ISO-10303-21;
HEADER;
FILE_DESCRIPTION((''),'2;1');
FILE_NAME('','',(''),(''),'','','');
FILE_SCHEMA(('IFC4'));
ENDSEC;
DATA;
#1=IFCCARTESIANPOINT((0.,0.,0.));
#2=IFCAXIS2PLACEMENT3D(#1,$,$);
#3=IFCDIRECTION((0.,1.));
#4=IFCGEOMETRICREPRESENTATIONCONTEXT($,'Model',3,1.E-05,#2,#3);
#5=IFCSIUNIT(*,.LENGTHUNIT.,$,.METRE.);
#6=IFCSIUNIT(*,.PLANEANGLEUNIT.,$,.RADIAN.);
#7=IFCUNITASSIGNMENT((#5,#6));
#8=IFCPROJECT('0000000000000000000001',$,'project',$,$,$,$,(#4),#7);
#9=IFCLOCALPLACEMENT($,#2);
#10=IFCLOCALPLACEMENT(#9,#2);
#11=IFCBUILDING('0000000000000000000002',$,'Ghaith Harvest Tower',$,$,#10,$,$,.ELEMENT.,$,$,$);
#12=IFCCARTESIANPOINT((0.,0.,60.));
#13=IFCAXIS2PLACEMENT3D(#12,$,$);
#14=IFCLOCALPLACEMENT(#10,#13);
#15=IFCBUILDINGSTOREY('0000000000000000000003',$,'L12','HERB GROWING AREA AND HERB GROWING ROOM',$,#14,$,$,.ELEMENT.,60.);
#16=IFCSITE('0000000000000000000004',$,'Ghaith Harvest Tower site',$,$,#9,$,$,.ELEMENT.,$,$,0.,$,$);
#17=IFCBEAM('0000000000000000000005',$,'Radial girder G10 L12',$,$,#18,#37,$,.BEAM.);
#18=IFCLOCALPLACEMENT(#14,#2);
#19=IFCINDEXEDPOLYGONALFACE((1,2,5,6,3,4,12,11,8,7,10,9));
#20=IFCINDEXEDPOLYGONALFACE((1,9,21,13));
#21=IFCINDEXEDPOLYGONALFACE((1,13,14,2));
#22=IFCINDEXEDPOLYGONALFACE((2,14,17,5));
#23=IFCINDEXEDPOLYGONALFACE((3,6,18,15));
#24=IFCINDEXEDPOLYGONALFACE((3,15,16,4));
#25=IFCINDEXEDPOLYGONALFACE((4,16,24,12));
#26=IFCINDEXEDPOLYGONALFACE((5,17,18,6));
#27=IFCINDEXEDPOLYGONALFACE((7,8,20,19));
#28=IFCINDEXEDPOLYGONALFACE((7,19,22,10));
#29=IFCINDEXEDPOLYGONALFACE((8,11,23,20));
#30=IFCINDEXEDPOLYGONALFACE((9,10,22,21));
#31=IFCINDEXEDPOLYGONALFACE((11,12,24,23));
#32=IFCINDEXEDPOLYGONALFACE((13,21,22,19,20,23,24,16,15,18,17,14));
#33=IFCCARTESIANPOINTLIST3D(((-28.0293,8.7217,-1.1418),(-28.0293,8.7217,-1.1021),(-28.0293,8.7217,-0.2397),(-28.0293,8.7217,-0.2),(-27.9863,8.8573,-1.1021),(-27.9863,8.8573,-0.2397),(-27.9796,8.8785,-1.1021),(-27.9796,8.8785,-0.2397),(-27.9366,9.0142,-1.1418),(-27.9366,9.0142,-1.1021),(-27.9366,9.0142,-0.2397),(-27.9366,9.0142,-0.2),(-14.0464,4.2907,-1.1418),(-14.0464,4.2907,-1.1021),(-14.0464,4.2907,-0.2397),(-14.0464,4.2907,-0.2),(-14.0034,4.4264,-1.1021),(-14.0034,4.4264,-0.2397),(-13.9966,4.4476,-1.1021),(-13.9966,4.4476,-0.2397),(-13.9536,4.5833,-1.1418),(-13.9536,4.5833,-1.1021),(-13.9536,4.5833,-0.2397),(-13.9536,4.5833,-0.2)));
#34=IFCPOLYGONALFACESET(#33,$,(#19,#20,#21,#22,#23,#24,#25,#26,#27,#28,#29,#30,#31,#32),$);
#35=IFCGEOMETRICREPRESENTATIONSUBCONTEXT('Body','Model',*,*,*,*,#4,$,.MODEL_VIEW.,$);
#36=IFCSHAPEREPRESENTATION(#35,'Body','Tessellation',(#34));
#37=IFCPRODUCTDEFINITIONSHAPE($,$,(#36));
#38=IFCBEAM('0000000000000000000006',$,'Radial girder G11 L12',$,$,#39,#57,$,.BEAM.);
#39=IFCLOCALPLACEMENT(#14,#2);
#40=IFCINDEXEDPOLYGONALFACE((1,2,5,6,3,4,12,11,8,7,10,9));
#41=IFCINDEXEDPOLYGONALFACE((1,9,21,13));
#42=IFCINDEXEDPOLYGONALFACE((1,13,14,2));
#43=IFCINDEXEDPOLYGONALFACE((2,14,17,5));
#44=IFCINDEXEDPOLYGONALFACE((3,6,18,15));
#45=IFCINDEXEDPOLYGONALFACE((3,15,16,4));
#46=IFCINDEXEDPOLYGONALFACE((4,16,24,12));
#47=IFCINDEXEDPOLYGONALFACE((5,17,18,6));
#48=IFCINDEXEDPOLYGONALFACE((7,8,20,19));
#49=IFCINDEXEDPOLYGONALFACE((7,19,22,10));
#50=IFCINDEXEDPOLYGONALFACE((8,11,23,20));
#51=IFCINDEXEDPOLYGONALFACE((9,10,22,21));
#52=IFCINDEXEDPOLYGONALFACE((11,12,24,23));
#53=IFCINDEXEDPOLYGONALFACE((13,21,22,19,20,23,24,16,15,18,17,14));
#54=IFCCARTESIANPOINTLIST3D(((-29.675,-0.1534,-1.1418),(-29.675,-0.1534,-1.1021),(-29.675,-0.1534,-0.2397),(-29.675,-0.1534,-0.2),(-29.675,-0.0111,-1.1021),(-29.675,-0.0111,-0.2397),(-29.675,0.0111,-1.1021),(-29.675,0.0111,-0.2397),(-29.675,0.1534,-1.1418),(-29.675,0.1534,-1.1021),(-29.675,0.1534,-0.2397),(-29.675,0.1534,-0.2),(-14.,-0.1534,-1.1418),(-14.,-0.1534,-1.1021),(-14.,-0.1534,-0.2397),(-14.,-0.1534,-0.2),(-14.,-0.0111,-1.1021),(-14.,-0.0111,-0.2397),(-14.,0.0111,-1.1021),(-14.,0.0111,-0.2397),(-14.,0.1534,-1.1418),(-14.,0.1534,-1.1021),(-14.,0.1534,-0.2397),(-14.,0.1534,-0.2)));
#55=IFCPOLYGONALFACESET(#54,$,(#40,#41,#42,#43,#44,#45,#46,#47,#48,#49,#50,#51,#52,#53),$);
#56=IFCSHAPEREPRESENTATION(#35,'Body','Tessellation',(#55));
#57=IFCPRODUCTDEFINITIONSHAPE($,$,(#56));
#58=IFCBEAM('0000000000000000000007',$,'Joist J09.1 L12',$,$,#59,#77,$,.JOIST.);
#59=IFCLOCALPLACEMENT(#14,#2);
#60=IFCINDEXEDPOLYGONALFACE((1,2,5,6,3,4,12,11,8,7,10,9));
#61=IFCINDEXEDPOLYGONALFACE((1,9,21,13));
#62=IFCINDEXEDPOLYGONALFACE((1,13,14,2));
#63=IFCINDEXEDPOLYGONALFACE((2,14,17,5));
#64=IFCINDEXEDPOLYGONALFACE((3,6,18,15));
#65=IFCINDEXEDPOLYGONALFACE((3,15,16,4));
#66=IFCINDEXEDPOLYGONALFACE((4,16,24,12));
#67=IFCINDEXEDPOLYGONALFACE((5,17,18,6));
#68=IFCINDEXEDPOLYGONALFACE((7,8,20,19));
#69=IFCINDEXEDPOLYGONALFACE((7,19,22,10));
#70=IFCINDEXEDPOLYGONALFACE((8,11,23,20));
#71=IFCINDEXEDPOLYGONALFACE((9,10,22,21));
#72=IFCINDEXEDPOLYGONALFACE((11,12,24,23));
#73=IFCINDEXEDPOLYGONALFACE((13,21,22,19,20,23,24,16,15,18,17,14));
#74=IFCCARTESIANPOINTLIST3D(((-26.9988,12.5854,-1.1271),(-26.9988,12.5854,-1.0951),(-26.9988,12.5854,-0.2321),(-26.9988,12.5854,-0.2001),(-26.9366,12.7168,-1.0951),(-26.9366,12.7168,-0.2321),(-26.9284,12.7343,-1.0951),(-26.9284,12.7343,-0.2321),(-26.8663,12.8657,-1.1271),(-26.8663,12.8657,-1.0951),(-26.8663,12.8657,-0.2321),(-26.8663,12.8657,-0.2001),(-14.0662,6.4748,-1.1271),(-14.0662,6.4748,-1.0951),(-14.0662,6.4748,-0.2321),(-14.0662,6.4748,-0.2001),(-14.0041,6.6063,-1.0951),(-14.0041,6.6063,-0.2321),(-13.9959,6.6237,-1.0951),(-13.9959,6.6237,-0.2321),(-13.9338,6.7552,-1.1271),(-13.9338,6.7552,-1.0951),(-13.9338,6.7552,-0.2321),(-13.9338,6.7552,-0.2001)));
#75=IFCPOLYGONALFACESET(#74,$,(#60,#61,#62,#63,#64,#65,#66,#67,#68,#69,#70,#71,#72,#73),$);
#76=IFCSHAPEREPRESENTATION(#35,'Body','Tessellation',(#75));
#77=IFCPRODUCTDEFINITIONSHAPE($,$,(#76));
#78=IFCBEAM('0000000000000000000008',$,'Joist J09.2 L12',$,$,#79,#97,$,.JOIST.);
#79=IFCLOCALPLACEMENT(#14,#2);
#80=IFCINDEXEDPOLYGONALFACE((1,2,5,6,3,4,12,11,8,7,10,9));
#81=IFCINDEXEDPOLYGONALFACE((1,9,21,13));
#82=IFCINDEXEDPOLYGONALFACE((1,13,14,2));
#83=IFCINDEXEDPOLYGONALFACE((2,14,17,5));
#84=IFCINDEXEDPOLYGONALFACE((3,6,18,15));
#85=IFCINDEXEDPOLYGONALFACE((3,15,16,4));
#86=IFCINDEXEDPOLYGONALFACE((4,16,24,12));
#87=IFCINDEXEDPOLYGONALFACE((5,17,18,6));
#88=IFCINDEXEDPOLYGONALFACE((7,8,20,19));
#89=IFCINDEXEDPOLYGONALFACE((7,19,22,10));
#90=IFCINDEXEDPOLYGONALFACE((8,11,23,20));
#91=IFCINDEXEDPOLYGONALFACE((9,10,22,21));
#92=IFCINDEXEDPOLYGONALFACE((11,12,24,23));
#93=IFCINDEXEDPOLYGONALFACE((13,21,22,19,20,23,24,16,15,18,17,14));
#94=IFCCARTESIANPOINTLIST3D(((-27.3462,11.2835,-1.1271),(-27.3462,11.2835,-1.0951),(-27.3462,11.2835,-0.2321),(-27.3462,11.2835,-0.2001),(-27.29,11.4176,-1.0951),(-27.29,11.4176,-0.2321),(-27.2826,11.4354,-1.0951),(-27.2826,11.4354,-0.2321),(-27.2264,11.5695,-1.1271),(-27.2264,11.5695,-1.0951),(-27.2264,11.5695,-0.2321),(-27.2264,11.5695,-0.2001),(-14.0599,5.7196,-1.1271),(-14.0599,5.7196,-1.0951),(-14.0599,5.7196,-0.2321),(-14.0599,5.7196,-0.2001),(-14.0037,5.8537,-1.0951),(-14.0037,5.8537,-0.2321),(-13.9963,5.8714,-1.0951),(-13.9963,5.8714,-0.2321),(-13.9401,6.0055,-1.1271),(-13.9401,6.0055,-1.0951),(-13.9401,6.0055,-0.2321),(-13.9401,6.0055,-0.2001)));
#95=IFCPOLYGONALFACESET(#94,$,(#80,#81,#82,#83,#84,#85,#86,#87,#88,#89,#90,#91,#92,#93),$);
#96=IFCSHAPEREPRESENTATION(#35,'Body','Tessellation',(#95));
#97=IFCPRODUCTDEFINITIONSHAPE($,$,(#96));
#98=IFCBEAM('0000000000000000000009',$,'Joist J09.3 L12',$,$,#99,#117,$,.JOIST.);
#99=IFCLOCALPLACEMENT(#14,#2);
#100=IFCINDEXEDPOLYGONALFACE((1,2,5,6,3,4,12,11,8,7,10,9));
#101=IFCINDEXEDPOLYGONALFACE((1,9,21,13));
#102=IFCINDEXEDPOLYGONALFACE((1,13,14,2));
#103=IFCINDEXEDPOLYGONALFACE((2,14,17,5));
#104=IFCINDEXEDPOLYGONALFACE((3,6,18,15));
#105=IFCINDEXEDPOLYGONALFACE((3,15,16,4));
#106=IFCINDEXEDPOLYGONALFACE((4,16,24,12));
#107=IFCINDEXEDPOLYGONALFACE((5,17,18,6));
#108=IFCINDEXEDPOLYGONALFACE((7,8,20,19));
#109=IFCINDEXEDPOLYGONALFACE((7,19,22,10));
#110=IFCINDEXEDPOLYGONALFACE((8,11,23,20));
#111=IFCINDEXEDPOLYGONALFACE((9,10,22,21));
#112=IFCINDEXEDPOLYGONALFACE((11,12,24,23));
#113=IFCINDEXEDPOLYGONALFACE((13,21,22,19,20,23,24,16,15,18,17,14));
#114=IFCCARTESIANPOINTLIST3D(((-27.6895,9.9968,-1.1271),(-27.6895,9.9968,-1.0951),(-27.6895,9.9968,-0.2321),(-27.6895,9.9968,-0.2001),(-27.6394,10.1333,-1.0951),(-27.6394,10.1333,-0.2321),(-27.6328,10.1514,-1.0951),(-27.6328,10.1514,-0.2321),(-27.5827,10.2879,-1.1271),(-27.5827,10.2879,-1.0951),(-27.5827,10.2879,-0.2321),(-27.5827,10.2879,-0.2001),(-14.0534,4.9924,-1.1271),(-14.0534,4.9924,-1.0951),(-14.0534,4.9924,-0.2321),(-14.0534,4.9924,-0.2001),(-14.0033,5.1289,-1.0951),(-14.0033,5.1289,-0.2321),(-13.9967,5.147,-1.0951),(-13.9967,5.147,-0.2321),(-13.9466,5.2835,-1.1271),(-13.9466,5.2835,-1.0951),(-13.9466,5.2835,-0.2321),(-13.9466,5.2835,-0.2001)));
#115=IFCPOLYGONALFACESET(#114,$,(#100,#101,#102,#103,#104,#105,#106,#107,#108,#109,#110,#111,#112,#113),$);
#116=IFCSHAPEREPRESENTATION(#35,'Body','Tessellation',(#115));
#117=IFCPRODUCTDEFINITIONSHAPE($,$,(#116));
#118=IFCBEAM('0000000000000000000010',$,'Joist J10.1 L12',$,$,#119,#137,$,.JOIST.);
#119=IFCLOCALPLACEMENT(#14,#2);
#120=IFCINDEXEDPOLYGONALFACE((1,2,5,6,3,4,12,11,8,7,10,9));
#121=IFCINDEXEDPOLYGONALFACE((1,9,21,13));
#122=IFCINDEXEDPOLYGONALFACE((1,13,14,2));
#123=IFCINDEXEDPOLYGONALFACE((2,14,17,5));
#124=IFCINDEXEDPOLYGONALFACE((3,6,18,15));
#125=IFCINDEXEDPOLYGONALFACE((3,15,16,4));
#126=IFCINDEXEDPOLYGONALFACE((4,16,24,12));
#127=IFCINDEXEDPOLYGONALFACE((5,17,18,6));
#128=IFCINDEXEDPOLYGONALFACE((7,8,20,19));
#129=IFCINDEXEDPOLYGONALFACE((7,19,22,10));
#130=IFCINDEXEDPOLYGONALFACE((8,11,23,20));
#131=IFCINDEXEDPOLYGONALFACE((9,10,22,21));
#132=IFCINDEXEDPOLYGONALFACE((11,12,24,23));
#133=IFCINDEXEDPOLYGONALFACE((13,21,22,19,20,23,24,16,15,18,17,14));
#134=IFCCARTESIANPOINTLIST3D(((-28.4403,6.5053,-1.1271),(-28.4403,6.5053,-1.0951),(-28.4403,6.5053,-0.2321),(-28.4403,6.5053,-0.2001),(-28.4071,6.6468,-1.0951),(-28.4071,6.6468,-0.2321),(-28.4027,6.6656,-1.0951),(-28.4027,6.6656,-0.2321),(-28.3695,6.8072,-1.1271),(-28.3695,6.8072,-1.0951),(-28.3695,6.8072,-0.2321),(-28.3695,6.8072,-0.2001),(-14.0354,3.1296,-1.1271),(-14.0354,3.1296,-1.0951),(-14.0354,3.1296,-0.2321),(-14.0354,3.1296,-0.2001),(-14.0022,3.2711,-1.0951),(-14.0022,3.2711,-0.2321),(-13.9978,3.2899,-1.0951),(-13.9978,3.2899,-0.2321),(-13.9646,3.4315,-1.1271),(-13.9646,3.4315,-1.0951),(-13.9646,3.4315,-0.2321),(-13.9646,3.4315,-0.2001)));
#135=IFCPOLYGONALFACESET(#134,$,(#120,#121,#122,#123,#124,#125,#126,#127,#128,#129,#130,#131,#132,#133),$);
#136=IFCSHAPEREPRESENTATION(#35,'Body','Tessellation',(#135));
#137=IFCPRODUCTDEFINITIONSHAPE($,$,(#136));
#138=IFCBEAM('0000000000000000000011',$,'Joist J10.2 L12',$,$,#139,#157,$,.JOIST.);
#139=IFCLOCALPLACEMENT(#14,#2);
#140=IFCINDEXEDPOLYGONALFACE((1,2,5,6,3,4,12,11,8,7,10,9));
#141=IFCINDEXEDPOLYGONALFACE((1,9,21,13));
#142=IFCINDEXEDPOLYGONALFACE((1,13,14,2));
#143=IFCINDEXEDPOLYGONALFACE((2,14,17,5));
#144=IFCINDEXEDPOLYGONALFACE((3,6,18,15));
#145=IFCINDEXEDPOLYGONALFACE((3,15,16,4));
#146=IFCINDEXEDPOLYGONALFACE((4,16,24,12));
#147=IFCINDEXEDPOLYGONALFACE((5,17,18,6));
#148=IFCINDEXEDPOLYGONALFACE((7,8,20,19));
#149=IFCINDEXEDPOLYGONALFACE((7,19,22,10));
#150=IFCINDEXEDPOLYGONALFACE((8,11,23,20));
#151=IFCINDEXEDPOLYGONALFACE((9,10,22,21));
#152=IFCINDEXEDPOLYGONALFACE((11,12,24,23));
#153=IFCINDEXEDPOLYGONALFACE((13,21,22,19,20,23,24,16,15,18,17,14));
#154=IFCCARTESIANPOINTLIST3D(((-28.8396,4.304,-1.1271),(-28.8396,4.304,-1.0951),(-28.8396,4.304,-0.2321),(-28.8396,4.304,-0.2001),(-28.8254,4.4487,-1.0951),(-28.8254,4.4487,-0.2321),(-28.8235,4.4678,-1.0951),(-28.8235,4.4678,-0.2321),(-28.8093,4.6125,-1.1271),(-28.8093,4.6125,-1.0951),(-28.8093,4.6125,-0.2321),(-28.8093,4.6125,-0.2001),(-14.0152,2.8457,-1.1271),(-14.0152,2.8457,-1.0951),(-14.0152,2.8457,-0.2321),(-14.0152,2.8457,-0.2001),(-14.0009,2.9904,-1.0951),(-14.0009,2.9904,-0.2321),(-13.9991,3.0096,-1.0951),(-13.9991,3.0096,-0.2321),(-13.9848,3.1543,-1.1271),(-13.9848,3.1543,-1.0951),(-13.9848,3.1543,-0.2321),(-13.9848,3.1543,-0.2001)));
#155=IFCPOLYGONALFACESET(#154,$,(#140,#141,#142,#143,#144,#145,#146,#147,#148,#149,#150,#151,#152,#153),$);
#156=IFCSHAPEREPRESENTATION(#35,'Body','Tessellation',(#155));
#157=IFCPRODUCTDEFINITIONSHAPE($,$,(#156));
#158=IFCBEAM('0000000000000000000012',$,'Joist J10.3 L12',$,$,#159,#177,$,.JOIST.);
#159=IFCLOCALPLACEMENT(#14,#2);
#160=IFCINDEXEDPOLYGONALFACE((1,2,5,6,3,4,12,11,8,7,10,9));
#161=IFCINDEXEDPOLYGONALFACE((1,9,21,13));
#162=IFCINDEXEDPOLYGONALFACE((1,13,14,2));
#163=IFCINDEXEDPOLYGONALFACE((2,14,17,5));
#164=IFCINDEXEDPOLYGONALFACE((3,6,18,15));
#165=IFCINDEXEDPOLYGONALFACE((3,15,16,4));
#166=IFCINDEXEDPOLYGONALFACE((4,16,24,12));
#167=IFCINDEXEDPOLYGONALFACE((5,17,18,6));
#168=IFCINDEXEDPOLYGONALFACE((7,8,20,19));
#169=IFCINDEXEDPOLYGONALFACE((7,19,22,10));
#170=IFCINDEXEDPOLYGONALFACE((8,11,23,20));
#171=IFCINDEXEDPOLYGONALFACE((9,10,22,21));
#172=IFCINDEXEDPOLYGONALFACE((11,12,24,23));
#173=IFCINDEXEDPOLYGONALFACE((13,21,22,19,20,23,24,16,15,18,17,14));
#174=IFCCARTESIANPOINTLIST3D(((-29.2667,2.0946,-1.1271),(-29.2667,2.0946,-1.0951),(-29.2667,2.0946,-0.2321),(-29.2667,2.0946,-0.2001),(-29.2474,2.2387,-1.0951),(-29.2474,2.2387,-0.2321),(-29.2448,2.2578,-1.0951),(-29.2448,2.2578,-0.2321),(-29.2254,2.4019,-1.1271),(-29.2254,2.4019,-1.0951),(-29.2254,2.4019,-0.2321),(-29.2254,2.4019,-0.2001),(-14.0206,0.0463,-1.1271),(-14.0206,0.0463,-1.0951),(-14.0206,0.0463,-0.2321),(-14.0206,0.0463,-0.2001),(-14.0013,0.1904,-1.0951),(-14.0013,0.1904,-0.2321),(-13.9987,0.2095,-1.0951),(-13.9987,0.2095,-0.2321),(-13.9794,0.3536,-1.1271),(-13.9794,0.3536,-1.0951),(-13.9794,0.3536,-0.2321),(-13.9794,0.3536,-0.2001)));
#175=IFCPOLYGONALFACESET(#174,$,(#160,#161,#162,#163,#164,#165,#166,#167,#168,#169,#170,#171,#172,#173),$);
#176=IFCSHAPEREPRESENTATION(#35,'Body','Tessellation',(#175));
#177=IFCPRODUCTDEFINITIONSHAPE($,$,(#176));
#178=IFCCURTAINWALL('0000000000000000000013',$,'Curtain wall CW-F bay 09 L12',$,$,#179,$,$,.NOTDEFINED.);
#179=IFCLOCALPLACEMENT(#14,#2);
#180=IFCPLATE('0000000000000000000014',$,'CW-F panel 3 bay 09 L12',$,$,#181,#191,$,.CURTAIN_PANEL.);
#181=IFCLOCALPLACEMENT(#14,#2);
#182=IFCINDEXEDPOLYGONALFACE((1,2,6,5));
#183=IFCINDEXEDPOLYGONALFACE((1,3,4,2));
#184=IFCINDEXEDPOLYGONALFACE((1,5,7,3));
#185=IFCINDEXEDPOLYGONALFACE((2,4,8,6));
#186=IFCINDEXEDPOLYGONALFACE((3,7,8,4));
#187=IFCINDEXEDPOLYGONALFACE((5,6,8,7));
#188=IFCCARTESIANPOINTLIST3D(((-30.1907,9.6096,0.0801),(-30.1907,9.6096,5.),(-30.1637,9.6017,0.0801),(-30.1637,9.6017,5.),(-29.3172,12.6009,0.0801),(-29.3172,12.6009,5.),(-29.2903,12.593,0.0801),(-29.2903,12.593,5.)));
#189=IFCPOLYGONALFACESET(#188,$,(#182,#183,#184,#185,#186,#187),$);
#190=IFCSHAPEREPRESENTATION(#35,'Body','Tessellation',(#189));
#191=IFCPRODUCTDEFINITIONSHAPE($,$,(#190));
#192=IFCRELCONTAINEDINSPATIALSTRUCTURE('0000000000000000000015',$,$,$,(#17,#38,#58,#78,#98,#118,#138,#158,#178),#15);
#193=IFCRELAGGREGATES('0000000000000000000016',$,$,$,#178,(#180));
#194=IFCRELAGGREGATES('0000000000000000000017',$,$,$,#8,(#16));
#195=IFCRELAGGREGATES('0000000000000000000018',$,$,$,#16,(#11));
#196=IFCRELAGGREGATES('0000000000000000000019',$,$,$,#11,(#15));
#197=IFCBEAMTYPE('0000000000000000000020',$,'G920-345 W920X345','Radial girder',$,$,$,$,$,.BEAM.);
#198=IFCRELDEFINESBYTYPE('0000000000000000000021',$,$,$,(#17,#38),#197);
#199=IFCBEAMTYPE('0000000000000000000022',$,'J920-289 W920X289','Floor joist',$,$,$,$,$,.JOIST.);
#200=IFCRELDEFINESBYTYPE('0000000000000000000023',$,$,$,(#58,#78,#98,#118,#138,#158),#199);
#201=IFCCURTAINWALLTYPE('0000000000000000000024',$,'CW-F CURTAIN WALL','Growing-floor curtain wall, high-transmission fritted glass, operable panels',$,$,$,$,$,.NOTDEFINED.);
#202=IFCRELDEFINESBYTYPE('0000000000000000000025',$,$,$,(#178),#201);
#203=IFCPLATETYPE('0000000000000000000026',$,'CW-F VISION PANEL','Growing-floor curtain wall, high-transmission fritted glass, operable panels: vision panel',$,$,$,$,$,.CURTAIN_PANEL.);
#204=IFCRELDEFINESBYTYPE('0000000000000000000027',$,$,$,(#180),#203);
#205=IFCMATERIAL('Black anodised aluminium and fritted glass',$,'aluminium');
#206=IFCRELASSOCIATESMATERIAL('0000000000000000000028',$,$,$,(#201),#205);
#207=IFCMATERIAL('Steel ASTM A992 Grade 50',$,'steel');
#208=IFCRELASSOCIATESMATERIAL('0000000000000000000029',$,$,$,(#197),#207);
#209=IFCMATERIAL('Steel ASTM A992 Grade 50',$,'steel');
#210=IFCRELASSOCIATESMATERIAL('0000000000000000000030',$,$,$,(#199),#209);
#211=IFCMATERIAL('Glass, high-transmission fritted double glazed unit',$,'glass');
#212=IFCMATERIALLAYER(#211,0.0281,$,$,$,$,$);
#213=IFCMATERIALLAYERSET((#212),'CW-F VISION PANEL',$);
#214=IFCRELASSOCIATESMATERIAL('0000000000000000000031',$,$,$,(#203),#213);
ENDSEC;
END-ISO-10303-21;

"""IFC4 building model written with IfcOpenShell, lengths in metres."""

from ifc_helpers import new_model, si_unit, direction, frame, origin, origin_2d, place, context, subcontext, project, spatial, rectangle, i_section, extrude, material, layer, layer_set, material_profile, profile_set, type_object, element, aggregate, save


model = new_model("IFC4")

# Units and contexts
model_context = context("Model", 3, precision=1e-05, world=origin(), true_north=direction((0.0, 1.0)))
body_context = subcontext(model_context, "Body", "Model", "MODEL_VIEW")
ifc_project = project(units=[si_unit("LENGTHUNIT", "METRE"), si_unit("PLANEANGLEUNIT", "RADIAN")], contexts=[model_context])

# Site, building, storey
site_placement = place(None, origin())
site = spatial("IfcSite", under=ifc_project, at=site_placement, Name="Ghaith Harvest Tower site", CompositionType="ELEMENT", RefElevation=0.0)
building_placement = place(site_placement, origin())
building = spatial("IfcBuilding", under=site, at=building_placement, Name="Ghaith Harvest Tower", CompositionType="ELEMENT")
storey_placement = place(building_placement, frame((0.0, 0.0, 60.0)))
storey = spatial("IfcBuildingStorey", under=building, at=storey_placement, Name="L12", Description="HERB GROWING AREA AND HERB GROWING ROOM", CompositionType="ELEMENT", Elevation=60.0)

# Shared definitions
ifc_material_1 = material(Name="Black anodised aluminium and fritted glass", Category="aluminium")
curtain_wall_type = type_object("IfcCurtainWallType", Name="CW-F CURTAIN WALL", Description="Growing-floor curtain wall, high-transmission fritted glass, operable panels", PredefinedType="NOTDEFINED", material=ifc_material_1)

# Beams
ifc_material_2 = material(Name="Steel ASTM A992 Grade 50", Category="steel")
ifc_material_profile_1 = material_profile(ifc_material_2, i_section(OverallWidth=0.3069, OverallDepth=0.9419, WebThickness=0.0222, FlangeThickness=0.0398, at=origin_2d()), Name="W920X345")
ifc_profile_set_1 = profile_set([ifc_material_profile_1], Name="Steel ASTM A992 Grade 50")
beam_type_1 = type_object("IfcBeamType", Name="G920-345 W920X345", Description="Radial girder", PredefinedType="BEAM", material=ifc_profile_set_1)
beam_1_placement = place(storey_placement, frame((-14.0, 4.437, -0.6709), z_axis=(-0.953284, 0.302077, 0.0), x_axis=(-0.302077, -0.953284, 0.0)))
element("IfcBeam", 1, at=beam_1_placement, inside=storey, type_object=beam_type_1, Name="Radial girder G10 L12", PredefinedType="BEAM", context=body_context, shape_type="SweptSolid", body=[
    extrude(i_section(OverallWidth=0.3069, OverallDepth=0.9419, WebThickness=0.0222, FlangeThickness=0.0398, at=origin_2d()), origin(), (0.0, 0.0, 1.0), 14.6682),
])
beam_2_placement = place(storey_placement, frame((-14.0, 0.0, -0.6709), z_axis=(-1.0, 0.0, 0.0), x_axis=(0.0, -1.0, 0.0)))
element("IfcBeam", 2, at=beam_2_placement, inside=storey, type_object=beam_type_1, Name="Radial girder G11 L12", PredefinedType="BEAM", context=body_context, shape_type="SweptSolid", body=[
    extrude(i_section(OverallWidth=0.3069, OverallDepth=0.9419, WebThickness=0.0222, FlangeThickness=0.0398, at=origin_2d()), origin(), (0.0, 0.0, 1.0), 15.675),
])
ifc_material_3 = material(Name="Steel ASTM A992 Grade 50", Category="steel")
ifc_material_profile_2 = material_profile(ifc_material_3, i_section(OverallWidth=0.3101, OverallDepth=0.927, WebThickness=0.0193, FlangeThickness=0.032, at=origin_2d()), Name="W920X289")
ifc_profile_set_2 = profile_set([ifc_material_profile_2], Name="Steel ASTM A992 Grade 50")
beam_type_2 = type_object("IfcBeamType", Name="J920-289 W920X289", Description="Floor joist", PredefinedType="JOIST", material=ifc_profile_set_2)
beam_3_placement = place(storey_placement, frame((-14.0, 6.615, -0.6636), z_axis=(-0.904153, 0.427208, 0.0), x_axis=(-0.427208, -0.904153, 0.0)))
element("IfcBeam", 3, at=beam_3_placement, inside=storey, type_object=beam_type_2, Name="Joist J09.1 L12", PredefinedType="JOIST", context=body_context, shape_type="SweptSolid", body=[
    extrude(i_section(OverallWidth=0.3101, OverallDepth=0.927, WebThickness=0.0193, FlangeThickness=0.032, at=origin_2d()), origin(), (0.0, 0.0, 1.0), 14.3035),
])
beam_4_placement = place(storey_placement, frame((-14.0, 5.8625, -0.6636), z_axis=(-0.922386, 0.38627, 0.0), x_axis=(-0.38627, -0.922386, 0.0)))
element("IfcBeam", 4, at=beam_4_placement, inside=storey, type_object=beam_type_2, Name="Joist J09.2 L12", PredefinedType="JOIST", context=body_context, shape_type="SweptSolid", body=[
    extrude(i_section(OverallWidth=0.3101, OverallDepth=0.927, WebThickness=0.0193, FlangeThickness=0.032, at=origin_2d()), origin(), (0.0, 0.0, 1.0), 14.4043),
])
beam_5_placement = place(storey_placement, frame((-14.0, 5.1379, -0.6636), z_axis=(-0.938775, 0.34453, 0.0), x_axis=(-0.34453, -0.938775, 0.0)))
element("IfcBeam", 5, at=beam_5_placement, inside=storey, type_object=beam_type_2, Name="Joist J09.3 L12", PredefinedType="JOIST", context=body_context, shape_type="SweptSolid", body=[
    extrude(i_section(OverallWidth=0.3101, OverallDepth=0.927, WebThickness=0.0193, FlangeThickness=0.032, at=origin_2d()), origin(), (0.0, 0.0, 1.0), 14.5254),
])
beam_6_placement = place(storey_placement, frame((-14.0, 3.2805, -0.6636), z_axis=(-0.973623, 0.228163, 0.0), x_axis=(-0.228163, -0.973623, 0.0)))
element("IfcBeam", 6, at=beam_6_placement, inside=storey, type_object=beam_type_2, Name="Joist J10.1 L12", PredefinedType="JOIST", context=body_context, shape_type="SweptSolid", body=[
    extrude(i_section(OverallWidth=0.3101, OverallDepth=0.927, WebThickness=0.0193, FlangeThickness=0.032, at=origin_2d()), origin(), (0.0, 0.0, 1.0), 14.7952),
])
beam_7_placement = place(storey_placement, frame((-14.0, 3.0, -0.6636), z_axis=(-0.995197, 0.097895, 0.0), x_axis=(-0.097895, -0.995197, 0.0)))
element("IfcBeam", 7, at=beam_7_placement, inside=storey, type_object=beam_type_2, Name="Joist J10.2 L12", PredefinedType="JOIST", context=body_context, shape_type="SweptSolid", body=[
    extrude(i_section(OverallWidth=0.3101, OverallDepth=0.927, WebThickness=0.0193, FlangeThickness=0.032, at=origin_2d()), origin(), (0.0, 0.0, 1.0), 14.896),
])
beam_8_placement = place(storey_placement, frame((-14.0, 0.2, -0.6636), z_axis=(-0.991095, 0.133155, 0.0), x_axis=(-0.133155, -0.991095, 0.0)))
element("IfcBeam", 8, at=beam_8_placement, inside=storey, type_object=beam_type_2, Name="Joist J10.3 L12", PredefinedType="JOIST", context=body_context, shape_type="SweptSolid", body=[
    extrude(i_section(OverallWidth=0.3101, OverallDepth=0.927, WebThickness=0.0193, FlangeThickness=0.032, at=origin_2d()), origin(), (0.0, 0.0, 1.0), 15.3831),
])

# Curtain wall, plate
curtain_wall_1_placement = place(storey_placement, origin())
curtain_wall_1 = element("IfcCurtainWall", 9, at=curtain_wall_1_placement, inside=storey, type_object=curtain_wall_type, Name="Curtain wall CW-F bay 09 L12", PredefinedType="NOTDEFINED")
ifc_material_4 = material(Name="Glass, high-transmission fritted double glazed unit", Category="glass")
ifc_layer_1 = layer(ifc_material_4, 0.0281)
ifc_layer_set_1 = layer_set([ifc_layer_1], Name="CW-F VISION PANEL")
plate_type = type_object("IfcPlateType", Name="CW-F VISION PANEL", Description="Growing-floor curtain wall, high-transmission fritted glass, operable panels: vision panel", PredefinedType="CURTAIN_PANEL", material=ifc_layer_set_1)
plate_1_placement = place(storey_placement, frame((-29.7405, 11.1013, 0.0801), z_axis=(0.0, 0.0, 1.0), x_axis=(-0.280297, -0.959913, 0.0)))
plate_1 = element("IfcPlate", 10, at=plate_1_placement, type_object=plate_type, Name="CW-F panel 3 bay 09 L12", PredefinedType="CURTAIN_PANEL", context=body_context, shape_type="SweptSolid", body=[
    extrude(rectangle(XDim=3.1162, YDim=0.0281, at=origin_2d()), origin(), (0.0, 0.0, 1.0), 4.9199),
])
aggregate(curtain_wall_1, [plate_1])

save(model, "model.ifc")
